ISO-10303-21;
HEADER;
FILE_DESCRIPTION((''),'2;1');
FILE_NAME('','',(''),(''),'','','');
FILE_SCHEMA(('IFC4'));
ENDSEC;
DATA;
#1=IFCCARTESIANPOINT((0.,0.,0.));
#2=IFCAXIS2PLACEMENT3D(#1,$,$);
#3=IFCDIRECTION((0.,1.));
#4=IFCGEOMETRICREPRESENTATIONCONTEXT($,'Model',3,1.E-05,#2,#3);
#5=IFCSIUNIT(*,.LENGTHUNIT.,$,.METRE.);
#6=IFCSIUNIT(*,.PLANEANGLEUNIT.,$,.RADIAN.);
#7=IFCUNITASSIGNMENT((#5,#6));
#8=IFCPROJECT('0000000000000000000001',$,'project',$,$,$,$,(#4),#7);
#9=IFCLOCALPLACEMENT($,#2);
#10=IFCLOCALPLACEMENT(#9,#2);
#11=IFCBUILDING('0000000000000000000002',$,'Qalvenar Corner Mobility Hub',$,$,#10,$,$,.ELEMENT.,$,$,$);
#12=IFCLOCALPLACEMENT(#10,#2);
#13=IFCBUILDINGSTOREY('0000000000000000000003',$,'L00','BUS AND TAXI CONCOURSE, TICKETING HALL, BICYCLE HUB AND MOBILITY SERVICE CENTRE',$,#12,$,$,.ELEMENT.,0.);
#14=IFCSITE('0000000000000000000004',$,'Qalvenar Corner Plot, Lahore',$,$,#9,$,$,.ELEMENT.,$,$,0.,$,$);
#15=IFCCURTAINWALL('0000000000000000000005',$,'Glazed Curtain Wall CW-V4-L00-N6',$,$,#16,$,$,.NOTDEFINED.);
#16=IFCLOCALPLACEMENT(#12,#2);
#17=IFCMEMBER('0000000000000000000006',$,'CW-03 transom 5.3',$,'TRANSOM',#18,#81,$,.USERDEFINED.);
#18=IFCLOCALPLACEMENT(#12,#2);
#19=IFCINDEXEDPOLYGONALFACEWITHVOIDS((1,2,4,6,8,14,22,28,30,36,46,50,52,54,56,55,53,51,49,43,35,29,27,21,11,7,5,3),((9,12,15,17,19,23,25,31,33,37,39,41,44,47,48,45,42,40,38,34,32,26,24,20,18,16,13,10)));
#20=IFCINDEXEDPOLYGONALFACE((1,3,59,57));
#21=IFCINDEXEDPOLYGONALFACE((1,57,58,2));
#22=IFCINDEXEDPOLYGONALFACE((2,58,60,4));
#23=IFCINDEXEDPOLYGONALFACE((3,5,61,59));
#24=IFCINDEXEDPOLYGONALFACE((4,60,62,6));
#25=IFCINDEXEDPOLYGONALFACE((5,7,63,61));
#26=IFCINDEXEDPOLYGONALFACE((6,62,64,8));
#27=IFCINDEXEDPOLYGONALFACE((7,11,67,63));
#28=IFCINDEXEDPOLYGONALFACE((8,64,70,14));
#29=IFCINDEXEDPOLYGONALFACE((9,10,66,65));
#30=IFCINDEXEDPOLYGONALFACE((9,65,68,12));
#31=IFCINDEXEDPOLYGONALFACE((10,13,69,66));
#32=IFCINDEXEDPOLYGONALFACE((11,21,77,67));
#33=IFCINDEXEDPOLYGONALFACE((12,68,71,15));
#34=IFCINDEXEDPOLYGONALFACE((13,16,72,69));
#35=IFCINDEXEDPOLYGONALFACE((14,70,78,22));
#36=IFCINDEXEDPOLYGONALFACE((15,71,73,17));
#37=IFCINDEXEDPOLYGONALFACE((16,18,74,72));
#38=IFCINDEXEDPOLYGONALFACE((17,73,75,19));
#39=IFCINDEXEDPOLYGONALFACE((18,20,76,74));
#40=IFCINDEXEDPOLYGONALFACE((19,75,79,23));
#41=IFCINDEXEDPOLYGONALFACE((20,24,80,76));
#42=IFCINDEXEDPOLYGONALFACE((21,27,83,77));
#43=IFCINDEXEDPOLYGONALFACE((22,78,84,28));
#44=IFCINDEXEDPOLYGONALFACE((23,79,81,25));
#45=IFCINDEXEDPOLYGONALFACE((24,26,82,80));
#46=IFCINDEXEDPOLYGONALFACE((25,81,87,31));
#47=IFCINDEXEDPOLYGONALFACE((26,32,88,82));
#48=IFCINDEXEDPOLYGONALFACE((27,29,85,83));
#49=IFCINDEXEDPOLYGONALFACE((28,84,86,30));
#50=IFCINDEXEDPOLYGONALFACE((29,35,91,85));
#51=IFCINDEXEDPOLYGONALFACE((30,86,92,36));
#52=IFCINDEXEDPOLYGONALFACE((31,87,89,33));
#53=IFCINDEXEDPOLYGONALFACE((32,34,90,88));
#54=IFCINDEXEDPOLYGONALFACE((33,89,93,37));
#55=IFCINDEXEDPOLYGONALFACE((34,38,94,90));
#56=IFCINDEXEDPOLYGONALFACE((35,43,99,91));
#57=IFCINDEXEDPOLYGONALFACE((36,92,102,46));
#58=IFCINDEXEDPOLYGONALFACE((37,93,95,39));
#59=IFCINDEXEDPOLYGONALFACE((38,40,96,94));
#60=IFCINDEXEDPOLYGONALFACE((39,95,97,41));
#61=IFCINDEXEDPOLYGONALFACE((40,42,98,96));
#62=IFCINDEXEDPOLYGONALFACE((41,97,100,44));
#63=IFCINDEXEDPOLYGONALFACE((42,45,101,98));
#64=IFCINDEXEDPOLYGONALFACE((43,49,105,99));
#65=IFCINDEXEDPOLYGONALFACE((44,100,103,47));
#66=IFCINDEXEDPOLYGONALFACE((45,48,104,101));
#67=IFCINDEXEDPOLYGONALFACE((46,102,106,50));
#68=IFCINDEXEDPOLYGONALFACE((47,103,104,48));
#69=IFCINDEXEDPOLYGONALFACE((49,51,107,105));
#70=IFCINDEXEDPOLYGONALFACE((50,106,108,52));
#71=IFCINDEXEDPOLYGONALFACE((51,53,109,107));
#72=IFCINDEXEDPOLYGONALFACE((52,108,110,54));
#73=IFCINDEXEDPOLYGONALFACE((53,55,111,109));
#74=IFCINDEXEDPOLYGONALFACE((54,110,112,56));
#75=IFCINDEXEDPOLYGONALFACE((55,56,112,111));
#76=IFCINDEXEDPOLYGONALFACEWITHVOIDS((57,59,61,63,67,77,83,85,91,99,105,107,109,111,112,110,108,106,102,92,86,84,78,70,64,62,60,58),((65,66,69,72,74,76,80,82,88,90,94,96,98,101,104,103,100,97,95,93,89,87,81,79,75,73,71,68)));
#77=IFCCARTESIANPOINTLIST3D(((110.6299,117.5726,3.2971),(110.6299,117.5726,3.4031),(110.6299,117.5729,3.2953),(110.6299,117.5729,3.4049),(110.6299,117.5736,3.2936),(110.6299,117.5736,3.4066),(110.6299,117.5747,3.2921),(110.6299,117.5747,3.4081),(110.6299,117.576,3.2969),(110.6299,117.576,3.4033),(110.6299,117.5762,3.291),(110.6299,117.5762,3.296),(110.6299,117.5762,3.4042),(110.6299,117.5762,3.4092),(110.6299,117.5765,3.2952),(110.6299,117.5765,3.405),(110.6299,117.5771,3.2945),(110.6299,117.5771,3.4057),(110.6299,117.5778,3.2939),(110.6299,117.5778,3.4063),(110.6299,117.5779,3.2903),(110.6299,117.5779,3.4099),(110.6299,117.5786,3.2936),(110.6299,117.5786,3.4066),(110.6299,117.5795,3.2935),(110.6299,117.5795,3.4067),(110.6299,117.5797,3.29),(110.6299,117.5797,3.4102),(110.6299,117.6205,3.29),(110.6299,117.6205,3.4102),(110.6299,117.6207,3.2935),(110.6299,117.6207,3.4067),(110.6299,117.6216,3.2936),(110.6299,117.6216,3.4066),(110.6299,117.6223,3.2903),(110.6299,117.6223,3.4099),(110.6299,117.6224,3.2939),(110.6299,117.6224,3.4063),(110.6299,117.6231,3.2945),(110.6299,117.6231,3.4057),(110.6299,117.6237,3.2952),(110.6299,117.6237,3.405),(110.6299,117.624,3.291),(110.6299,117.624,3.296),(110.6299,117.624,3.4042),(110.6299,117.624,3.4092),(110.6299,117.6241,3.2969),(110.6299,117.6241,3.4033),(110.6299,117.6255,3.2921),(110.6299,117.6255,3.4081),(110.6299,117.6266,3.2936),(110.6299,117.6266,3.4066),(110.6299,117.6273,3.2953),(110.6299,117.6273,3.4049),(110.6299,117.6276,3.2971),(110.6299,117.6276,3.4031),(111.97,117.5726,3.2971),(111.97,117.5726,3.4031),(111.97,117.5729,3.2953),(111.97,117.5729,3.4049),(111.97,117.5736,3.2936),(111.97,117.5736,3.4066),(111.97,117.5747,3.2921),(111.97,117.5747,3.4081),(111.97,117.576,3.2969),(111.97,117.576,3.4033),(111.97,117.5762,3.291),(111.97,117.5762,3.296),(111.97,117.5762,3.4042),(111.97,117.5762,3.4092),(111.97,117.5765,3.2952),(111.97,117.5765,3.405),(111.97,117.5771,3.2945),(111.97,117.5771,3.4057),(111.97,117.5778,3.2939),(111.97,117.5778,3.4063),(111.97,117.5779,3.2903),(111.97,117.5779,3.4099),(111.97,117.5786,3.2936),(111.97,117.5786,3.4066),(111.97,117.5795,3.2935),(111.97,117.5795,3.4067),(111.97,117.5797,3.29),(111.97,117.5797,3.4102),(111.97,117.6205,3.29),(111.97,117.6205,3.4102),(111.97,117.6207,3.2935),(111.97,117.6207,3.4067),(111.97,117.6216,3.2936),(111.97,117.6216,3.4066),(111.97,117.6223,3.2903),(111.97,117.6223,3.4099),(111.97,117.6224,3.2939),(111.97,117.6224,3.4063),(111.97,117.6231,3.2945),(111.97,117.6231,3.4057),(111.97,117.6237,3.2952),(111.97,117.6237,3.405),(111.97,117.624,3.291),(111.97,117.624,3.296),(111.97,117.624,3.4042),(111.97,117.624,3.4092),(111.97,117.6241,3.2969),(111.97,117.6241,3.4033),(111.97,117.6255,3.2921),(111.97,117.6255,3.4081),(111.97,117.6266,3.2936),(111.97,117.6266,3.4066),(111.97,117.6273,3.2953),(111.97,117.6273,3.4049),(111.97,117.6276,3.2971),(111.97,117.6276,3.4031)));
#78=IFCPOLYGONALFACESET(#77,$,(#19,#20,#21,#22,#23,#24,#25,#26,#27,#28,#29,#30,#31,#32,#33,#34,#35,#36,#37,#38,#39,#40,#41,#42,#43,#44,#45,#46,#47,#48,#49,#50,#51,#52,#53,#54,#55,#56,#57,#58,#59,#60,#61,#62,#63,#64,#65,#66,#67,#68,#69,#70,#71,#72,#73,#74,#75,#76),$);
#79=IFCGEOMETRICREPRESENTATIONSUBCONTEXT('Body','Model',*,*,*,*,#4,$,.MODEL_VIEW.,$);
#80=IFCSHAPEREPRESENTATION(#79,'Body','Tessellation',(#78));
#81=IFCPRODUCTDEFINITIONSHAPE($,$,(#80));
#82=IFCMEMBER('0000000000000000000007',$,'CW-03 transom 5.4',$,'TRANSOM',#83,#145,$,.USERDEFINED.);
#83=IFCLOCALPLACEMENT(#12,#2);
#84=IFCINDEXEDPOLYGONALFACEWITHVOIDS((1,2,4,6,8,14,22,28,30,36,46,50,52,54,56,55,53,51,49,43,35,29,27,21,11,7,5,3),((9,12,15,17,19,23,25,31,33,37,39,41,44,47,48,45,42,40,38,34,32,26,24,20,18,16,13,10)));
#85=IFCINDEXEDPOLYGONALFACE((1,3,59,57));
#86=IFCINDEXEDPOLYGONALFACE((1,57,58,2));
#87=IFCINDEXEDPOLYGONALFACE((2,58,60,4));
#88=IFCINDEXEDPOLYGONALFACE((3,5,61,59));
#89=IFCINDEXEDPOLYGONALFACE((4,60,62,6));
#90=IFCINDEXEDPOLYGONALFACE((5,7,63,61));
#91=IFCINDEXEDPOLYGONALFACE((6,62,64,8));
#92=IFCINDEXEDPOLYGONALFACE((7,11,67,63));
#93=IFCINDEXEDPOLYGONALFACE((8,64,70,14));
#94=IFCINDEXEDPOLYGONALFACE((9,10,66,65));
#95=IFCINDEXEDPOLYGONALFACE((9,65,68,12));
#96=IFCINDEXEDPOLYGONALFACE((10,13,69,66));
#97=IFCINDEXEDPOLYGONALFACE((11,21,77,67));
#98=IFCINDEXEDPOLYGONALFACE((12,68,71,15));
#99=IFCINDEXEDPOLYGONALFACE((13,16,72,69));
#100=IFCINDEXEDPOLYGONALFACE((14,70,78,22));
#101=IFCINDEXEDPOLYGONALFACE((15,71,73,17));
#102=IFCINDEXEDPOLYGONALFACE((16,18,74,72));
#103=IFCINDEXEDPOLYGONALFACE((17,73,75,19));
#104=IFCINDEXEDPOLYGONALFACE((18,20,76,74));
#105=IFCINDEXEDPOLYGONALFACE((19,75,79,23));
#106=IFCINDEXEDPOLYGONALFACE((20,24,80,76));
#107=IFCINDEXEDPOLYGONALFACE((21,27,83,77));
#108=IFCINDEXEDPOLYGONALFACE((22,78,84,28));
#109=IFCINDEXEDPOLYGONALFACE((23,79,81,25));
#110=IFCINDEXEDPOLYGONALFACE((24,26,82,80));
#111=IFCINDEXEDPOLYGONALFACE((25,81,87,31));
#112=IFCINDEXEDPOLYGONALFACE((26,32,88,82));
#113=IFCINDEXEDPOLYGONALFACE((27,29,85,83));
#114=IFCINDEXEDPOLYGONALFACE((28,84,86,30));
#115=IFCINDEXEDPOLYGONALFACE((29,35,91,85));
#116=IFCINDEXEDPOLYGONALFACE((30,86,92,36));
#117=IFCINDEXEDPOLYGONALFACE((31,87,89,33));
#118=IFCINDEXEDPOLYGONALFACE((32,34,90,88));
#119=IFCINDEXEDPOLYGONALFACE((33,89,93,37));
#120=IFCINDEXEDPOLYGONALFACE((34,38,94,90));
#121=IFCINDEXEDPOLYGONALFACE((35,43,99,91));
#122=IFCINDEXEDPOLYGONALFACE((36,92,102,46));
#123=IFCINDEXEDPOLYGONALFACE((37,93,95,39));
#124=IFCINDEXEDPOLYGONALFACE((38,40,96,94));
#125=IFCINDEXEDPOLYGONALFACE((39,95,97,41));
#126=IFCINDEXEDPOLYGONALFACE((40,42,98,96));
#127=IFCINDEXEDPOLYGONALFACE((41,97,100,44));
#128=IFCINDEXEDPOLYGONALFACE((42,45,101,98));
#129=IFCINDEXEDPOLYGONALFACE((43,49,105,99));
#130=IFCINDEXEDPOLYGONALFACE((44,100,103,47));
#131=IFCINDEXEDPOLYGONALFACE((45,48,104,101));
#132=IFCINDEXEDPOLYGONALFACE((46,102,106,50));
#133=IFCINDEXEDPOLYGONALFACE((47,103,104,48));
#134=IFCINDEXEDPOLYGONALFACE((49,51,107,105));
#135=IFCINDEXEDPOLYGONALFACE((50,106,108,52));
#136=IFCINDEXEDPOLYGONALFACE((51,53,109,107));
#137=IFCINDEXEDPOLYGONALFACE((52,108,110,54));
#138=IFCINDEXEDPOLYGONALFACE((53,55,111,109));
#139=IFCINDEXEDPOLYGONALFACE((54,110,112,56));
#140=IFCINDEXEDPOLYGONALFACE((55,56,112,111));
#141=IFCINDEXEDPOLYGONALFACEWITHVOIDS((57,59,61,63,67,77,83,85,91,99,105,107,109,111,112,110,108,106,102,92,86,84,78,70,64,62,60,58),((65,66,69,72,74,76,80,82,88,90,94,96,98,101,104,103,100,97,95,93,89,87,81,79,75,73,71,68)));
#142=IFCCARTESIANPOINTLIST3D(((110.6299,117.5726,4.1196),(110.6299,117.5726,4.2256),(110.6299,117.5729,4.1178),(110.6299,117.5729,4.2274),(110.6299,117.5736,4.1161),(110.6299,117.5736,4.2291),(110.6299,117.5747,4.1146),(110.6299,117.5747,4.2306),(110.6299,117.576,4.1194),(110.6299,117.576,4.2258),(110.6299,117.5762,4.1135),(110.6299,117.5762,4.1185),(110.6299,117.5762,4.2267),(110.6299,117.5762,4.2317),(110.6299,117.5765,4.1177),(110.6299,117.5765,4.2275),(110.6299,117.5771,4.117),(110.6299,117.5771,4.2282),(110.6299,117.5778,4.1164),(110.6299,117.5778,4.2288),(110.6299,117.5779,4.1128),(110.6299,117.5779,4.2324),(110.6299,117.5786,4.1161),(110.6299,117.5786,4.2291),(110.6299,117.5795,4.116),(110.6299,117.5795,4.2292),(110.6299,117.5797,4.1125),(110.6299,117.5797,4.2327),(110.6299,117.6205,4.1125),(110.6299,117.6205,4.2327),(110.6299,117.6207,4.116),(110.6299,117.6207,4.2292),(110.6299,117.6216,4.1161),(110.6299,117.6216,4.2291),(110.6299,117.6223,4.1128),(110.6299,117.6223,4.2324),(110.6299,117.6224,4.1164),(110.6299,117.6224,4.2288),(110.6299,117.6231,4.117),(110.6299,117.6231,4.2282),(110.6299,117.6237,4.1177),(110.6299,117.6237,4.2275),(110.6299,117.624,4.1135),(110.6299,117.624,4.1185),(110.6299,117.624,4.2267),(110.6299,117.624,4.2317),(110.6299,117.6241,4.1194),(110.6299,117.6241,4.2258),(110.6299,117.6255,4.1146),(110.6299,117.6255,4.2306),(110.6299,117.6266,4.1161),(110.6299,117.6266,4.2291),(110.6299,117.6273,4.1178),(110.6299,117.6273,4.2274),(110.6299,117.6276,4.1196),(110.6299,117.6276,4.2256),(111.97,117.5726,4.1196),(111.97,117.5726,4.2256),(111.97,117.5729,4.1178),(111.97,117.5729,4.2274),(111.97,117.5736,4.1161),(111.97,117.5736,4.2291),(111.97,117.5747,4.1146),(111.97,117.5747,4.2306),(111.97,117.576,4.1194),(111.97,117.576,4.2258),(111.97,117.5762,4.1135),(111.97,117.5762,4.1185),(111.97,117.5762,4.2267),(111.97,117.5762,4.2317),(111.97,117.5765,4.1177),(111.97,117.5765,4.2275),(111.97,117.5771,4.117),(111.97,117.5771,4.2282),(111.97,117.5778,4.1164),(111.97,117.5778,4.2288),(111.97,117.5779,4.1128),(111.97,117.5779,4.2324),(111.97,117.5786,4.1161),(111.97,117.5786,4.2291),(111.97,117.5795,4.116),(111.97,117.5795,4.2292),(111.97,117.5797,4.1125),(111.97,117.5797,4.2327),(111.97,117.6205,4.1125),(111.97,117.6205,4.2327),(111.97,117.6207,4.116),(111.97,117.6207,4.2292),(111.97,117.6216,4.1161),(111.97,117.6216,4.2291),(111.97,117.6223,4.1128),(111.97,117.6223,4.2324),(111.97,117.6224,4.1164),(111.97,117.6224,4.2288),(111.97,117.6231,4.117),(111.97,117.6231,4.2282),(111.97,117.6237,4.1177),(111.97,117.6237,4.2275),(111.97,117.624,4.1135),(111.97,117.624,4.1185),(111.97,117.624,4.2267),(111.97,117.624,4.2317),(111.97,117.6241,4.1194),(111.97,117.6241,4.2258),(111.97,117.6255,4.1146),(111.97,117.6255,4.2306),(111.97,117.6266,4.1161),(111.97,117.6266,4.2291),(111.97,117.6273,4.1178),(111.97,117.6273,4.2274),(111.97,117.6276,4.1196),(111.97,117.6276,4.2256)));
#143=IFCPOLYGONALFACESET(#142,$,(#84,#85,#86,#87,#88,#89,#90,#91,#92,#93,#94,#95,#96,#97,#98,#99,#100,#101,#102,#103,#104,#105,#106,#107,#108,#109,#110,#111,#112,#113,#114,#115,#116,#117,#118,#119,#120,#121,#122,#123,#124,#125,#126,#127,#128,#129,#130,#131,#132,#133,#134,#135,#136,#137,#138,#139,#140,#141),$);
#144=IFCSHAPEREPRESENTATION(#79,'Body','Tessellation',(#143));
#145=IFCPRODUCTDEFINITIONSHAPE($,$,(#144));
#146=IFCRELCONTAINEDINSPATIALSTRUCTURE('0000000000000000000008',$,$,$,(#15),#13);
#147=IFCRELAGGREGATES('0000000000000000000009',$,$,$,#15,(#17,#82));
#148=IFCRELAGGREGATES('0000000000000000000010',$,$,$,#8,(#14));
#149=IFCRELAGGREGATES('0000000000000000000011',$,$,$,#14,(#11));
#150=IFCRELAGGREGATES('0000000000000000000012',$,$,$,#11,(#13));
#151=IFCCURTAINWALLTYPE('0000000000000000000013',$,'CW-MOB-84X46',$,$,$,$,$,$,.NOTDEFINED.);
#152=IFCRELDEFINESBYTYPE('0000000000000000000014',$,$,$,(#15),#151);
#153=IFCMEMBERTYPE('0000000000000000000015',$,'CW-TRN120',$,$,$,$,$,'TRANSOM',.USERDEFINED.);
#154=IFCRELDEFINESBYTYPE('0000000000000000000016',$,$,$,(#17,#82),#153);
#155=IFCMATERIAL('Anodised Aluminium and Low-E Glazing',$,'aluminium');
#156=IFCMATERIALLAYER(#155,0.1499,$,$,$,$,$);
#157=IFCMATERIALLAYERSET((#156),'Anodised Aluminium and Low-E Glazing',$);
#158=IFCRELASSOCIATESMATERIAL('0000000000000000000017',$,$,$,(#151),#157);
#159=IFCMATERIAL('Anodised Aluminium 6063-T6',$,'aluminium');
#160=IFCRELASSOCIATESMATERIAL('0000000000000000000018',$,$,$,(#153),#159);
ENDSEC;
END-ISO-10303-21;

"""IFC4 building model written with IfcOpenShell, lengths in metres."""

from ifc_helpers import new_model, si_unit, direction, frame, origin, origin_2d, place, context, subcontext, project, spatial, hollow_rectangle, extrude, material, layer, layer_set, material_profile, profile_set, type_object, element, aggregate, save


model = new_model("IFC4")

# Units and contexts
model_context = context("Model", 3, precision=1e-05, world=origin(), true_north=direction((0.0, 1.0)))
body_context = subcontext(model_context, "Body", "Model", "MODEL_VIEW")
ifc_project = project(units=[si_unit("LENGTHUNIT", "METRE"), si_unit("PLANEANGLEUNIT", "RADIAN")], contexts=[model_context])

# Site, building, storey
site_placement = place(None, origin())
site = spatial("IfcSite", under=ifc_project, at=site_placement, Name="Qalvenar Corner Plot, Lahore", CompositionType="ELEMENT", RefElevation=0.0)
building_placement = place(site_placement, origin())
building = spatial("IfcBuilding", under=site, at=building_placement, Name="Qalvenar Corner Mobility Hub", CompositionType="ELEMENT")
storey_placement = place(building_placement, origin())
storey = spatial("IfcBuildingStorey", under=building, at=storey_placement, Name="L00", Description="BUS AND TAXI CONCOURSE, TICKETING HALL, BICYCLE HUB AND MOBILITY SERVICE CENTRE", CompositionType="ELEMENT", Elevation=0.0)

# Curtain wall, members
ifc_material_1 = material(Name="Anodised Aluminium and Low-E Glazing", Category="aluminium")
ifc_layer_1 = layer(ifc_material_1, 0.1499)
ifc_layer_set_1 = layer_set([ifc_layer_1], Name="Anodised Aluminium and Low-E Glazing")
curtain_wall_type = type_object("IfcCurtainWallType", Name="CW-MOB-84X46", PredefinedType="NOTDEFINED", material=ifc_layer_set_1)
curtain_wall_placement = place(storey_placement, origin())
curtain_wall = element("IfcCurtainWall", 1, at=curtain_wall_placement, inside=storey, type_object=curtain_wall_type, Name="Glazed Curtain Wall CW-V4-L00-N6", PredefinedType="NOTDEFINED")
ifc_material_2 = material(Name="Anodised Aluminium 6063-T6", Category="aluminium")
ifc_material_profile_1 = material_profile(ifc_material_2, hollow_rectangle(XDim=0.0549, YDim=0.1201, WallThickness=0.0034, InnerFilletRadius=0.0034, OuterFilletRadius=0.0071, at=origin_2d()), Name="RHS120x55x3.5")
ifc_profile_set_1 = profile_set([ifc_material_profile_1], Name="Anodised Aluminium 6063-T6")
member_type_1 = type_object("IfcMemberType", Name="CW-TRN120", ElementType="TRANSOM", PredefinedType="USERDEFINED", material=ifc_profile_set_1)
member_1_placement = place(storey_placement, frame((111.97, 117.6001, 3.3501), z_axis=(-1.0, 0.0, 0.0), x_axis=(0.0, -1.0, 0.0)))
member_1 = element("IfcMember", 2, at=member_1_placement, type_object=member_type_1, Name="CW-03 transom 5.3", ObjectType="TRANSOM", PredefinedType="USERDEFINED", context=body_context, shape_type="SweptSolid", body=[
    extrude(hollow_rectangle(XDim=0.0549, YDim=0.1201, WallThickness=0.0034, InnerFilletRadius=0.0034, OuterFilletRadius=0.0071, at=origin_2d()), origin(), (0.0, 0.0, 1.0), 1.3401),
])
member_2_placement = place(storey_placement, frame((111.97, 117.6001, 4.1726), z_axis=(-1.0, 0.0, 0.0), x_axis=(0.0, -1.0, 0.0)))
member_2 = element("IfcMember", 3, at=member_2_placement, type_object=member_type_1, Name="CW-03 transom 5.4", ObjectType="TRANSOM", PredefinedType="USERDEFINED", context=body_context, shape_type="SweptSolid", body=[
    extrude(hollow_rectangle(XDim=0.0549, YDim=0.1201, WallThickness=0.0034, InnerFilletRadius=0.0034, OuterFilletRadius=0.0071, at=origin_2d()), origin(), (0.0, 0.0, 1.0), 1.3401),
])
aggregate(curtain_wall, [member_1, member_2])

save(model, "model.ifc")
